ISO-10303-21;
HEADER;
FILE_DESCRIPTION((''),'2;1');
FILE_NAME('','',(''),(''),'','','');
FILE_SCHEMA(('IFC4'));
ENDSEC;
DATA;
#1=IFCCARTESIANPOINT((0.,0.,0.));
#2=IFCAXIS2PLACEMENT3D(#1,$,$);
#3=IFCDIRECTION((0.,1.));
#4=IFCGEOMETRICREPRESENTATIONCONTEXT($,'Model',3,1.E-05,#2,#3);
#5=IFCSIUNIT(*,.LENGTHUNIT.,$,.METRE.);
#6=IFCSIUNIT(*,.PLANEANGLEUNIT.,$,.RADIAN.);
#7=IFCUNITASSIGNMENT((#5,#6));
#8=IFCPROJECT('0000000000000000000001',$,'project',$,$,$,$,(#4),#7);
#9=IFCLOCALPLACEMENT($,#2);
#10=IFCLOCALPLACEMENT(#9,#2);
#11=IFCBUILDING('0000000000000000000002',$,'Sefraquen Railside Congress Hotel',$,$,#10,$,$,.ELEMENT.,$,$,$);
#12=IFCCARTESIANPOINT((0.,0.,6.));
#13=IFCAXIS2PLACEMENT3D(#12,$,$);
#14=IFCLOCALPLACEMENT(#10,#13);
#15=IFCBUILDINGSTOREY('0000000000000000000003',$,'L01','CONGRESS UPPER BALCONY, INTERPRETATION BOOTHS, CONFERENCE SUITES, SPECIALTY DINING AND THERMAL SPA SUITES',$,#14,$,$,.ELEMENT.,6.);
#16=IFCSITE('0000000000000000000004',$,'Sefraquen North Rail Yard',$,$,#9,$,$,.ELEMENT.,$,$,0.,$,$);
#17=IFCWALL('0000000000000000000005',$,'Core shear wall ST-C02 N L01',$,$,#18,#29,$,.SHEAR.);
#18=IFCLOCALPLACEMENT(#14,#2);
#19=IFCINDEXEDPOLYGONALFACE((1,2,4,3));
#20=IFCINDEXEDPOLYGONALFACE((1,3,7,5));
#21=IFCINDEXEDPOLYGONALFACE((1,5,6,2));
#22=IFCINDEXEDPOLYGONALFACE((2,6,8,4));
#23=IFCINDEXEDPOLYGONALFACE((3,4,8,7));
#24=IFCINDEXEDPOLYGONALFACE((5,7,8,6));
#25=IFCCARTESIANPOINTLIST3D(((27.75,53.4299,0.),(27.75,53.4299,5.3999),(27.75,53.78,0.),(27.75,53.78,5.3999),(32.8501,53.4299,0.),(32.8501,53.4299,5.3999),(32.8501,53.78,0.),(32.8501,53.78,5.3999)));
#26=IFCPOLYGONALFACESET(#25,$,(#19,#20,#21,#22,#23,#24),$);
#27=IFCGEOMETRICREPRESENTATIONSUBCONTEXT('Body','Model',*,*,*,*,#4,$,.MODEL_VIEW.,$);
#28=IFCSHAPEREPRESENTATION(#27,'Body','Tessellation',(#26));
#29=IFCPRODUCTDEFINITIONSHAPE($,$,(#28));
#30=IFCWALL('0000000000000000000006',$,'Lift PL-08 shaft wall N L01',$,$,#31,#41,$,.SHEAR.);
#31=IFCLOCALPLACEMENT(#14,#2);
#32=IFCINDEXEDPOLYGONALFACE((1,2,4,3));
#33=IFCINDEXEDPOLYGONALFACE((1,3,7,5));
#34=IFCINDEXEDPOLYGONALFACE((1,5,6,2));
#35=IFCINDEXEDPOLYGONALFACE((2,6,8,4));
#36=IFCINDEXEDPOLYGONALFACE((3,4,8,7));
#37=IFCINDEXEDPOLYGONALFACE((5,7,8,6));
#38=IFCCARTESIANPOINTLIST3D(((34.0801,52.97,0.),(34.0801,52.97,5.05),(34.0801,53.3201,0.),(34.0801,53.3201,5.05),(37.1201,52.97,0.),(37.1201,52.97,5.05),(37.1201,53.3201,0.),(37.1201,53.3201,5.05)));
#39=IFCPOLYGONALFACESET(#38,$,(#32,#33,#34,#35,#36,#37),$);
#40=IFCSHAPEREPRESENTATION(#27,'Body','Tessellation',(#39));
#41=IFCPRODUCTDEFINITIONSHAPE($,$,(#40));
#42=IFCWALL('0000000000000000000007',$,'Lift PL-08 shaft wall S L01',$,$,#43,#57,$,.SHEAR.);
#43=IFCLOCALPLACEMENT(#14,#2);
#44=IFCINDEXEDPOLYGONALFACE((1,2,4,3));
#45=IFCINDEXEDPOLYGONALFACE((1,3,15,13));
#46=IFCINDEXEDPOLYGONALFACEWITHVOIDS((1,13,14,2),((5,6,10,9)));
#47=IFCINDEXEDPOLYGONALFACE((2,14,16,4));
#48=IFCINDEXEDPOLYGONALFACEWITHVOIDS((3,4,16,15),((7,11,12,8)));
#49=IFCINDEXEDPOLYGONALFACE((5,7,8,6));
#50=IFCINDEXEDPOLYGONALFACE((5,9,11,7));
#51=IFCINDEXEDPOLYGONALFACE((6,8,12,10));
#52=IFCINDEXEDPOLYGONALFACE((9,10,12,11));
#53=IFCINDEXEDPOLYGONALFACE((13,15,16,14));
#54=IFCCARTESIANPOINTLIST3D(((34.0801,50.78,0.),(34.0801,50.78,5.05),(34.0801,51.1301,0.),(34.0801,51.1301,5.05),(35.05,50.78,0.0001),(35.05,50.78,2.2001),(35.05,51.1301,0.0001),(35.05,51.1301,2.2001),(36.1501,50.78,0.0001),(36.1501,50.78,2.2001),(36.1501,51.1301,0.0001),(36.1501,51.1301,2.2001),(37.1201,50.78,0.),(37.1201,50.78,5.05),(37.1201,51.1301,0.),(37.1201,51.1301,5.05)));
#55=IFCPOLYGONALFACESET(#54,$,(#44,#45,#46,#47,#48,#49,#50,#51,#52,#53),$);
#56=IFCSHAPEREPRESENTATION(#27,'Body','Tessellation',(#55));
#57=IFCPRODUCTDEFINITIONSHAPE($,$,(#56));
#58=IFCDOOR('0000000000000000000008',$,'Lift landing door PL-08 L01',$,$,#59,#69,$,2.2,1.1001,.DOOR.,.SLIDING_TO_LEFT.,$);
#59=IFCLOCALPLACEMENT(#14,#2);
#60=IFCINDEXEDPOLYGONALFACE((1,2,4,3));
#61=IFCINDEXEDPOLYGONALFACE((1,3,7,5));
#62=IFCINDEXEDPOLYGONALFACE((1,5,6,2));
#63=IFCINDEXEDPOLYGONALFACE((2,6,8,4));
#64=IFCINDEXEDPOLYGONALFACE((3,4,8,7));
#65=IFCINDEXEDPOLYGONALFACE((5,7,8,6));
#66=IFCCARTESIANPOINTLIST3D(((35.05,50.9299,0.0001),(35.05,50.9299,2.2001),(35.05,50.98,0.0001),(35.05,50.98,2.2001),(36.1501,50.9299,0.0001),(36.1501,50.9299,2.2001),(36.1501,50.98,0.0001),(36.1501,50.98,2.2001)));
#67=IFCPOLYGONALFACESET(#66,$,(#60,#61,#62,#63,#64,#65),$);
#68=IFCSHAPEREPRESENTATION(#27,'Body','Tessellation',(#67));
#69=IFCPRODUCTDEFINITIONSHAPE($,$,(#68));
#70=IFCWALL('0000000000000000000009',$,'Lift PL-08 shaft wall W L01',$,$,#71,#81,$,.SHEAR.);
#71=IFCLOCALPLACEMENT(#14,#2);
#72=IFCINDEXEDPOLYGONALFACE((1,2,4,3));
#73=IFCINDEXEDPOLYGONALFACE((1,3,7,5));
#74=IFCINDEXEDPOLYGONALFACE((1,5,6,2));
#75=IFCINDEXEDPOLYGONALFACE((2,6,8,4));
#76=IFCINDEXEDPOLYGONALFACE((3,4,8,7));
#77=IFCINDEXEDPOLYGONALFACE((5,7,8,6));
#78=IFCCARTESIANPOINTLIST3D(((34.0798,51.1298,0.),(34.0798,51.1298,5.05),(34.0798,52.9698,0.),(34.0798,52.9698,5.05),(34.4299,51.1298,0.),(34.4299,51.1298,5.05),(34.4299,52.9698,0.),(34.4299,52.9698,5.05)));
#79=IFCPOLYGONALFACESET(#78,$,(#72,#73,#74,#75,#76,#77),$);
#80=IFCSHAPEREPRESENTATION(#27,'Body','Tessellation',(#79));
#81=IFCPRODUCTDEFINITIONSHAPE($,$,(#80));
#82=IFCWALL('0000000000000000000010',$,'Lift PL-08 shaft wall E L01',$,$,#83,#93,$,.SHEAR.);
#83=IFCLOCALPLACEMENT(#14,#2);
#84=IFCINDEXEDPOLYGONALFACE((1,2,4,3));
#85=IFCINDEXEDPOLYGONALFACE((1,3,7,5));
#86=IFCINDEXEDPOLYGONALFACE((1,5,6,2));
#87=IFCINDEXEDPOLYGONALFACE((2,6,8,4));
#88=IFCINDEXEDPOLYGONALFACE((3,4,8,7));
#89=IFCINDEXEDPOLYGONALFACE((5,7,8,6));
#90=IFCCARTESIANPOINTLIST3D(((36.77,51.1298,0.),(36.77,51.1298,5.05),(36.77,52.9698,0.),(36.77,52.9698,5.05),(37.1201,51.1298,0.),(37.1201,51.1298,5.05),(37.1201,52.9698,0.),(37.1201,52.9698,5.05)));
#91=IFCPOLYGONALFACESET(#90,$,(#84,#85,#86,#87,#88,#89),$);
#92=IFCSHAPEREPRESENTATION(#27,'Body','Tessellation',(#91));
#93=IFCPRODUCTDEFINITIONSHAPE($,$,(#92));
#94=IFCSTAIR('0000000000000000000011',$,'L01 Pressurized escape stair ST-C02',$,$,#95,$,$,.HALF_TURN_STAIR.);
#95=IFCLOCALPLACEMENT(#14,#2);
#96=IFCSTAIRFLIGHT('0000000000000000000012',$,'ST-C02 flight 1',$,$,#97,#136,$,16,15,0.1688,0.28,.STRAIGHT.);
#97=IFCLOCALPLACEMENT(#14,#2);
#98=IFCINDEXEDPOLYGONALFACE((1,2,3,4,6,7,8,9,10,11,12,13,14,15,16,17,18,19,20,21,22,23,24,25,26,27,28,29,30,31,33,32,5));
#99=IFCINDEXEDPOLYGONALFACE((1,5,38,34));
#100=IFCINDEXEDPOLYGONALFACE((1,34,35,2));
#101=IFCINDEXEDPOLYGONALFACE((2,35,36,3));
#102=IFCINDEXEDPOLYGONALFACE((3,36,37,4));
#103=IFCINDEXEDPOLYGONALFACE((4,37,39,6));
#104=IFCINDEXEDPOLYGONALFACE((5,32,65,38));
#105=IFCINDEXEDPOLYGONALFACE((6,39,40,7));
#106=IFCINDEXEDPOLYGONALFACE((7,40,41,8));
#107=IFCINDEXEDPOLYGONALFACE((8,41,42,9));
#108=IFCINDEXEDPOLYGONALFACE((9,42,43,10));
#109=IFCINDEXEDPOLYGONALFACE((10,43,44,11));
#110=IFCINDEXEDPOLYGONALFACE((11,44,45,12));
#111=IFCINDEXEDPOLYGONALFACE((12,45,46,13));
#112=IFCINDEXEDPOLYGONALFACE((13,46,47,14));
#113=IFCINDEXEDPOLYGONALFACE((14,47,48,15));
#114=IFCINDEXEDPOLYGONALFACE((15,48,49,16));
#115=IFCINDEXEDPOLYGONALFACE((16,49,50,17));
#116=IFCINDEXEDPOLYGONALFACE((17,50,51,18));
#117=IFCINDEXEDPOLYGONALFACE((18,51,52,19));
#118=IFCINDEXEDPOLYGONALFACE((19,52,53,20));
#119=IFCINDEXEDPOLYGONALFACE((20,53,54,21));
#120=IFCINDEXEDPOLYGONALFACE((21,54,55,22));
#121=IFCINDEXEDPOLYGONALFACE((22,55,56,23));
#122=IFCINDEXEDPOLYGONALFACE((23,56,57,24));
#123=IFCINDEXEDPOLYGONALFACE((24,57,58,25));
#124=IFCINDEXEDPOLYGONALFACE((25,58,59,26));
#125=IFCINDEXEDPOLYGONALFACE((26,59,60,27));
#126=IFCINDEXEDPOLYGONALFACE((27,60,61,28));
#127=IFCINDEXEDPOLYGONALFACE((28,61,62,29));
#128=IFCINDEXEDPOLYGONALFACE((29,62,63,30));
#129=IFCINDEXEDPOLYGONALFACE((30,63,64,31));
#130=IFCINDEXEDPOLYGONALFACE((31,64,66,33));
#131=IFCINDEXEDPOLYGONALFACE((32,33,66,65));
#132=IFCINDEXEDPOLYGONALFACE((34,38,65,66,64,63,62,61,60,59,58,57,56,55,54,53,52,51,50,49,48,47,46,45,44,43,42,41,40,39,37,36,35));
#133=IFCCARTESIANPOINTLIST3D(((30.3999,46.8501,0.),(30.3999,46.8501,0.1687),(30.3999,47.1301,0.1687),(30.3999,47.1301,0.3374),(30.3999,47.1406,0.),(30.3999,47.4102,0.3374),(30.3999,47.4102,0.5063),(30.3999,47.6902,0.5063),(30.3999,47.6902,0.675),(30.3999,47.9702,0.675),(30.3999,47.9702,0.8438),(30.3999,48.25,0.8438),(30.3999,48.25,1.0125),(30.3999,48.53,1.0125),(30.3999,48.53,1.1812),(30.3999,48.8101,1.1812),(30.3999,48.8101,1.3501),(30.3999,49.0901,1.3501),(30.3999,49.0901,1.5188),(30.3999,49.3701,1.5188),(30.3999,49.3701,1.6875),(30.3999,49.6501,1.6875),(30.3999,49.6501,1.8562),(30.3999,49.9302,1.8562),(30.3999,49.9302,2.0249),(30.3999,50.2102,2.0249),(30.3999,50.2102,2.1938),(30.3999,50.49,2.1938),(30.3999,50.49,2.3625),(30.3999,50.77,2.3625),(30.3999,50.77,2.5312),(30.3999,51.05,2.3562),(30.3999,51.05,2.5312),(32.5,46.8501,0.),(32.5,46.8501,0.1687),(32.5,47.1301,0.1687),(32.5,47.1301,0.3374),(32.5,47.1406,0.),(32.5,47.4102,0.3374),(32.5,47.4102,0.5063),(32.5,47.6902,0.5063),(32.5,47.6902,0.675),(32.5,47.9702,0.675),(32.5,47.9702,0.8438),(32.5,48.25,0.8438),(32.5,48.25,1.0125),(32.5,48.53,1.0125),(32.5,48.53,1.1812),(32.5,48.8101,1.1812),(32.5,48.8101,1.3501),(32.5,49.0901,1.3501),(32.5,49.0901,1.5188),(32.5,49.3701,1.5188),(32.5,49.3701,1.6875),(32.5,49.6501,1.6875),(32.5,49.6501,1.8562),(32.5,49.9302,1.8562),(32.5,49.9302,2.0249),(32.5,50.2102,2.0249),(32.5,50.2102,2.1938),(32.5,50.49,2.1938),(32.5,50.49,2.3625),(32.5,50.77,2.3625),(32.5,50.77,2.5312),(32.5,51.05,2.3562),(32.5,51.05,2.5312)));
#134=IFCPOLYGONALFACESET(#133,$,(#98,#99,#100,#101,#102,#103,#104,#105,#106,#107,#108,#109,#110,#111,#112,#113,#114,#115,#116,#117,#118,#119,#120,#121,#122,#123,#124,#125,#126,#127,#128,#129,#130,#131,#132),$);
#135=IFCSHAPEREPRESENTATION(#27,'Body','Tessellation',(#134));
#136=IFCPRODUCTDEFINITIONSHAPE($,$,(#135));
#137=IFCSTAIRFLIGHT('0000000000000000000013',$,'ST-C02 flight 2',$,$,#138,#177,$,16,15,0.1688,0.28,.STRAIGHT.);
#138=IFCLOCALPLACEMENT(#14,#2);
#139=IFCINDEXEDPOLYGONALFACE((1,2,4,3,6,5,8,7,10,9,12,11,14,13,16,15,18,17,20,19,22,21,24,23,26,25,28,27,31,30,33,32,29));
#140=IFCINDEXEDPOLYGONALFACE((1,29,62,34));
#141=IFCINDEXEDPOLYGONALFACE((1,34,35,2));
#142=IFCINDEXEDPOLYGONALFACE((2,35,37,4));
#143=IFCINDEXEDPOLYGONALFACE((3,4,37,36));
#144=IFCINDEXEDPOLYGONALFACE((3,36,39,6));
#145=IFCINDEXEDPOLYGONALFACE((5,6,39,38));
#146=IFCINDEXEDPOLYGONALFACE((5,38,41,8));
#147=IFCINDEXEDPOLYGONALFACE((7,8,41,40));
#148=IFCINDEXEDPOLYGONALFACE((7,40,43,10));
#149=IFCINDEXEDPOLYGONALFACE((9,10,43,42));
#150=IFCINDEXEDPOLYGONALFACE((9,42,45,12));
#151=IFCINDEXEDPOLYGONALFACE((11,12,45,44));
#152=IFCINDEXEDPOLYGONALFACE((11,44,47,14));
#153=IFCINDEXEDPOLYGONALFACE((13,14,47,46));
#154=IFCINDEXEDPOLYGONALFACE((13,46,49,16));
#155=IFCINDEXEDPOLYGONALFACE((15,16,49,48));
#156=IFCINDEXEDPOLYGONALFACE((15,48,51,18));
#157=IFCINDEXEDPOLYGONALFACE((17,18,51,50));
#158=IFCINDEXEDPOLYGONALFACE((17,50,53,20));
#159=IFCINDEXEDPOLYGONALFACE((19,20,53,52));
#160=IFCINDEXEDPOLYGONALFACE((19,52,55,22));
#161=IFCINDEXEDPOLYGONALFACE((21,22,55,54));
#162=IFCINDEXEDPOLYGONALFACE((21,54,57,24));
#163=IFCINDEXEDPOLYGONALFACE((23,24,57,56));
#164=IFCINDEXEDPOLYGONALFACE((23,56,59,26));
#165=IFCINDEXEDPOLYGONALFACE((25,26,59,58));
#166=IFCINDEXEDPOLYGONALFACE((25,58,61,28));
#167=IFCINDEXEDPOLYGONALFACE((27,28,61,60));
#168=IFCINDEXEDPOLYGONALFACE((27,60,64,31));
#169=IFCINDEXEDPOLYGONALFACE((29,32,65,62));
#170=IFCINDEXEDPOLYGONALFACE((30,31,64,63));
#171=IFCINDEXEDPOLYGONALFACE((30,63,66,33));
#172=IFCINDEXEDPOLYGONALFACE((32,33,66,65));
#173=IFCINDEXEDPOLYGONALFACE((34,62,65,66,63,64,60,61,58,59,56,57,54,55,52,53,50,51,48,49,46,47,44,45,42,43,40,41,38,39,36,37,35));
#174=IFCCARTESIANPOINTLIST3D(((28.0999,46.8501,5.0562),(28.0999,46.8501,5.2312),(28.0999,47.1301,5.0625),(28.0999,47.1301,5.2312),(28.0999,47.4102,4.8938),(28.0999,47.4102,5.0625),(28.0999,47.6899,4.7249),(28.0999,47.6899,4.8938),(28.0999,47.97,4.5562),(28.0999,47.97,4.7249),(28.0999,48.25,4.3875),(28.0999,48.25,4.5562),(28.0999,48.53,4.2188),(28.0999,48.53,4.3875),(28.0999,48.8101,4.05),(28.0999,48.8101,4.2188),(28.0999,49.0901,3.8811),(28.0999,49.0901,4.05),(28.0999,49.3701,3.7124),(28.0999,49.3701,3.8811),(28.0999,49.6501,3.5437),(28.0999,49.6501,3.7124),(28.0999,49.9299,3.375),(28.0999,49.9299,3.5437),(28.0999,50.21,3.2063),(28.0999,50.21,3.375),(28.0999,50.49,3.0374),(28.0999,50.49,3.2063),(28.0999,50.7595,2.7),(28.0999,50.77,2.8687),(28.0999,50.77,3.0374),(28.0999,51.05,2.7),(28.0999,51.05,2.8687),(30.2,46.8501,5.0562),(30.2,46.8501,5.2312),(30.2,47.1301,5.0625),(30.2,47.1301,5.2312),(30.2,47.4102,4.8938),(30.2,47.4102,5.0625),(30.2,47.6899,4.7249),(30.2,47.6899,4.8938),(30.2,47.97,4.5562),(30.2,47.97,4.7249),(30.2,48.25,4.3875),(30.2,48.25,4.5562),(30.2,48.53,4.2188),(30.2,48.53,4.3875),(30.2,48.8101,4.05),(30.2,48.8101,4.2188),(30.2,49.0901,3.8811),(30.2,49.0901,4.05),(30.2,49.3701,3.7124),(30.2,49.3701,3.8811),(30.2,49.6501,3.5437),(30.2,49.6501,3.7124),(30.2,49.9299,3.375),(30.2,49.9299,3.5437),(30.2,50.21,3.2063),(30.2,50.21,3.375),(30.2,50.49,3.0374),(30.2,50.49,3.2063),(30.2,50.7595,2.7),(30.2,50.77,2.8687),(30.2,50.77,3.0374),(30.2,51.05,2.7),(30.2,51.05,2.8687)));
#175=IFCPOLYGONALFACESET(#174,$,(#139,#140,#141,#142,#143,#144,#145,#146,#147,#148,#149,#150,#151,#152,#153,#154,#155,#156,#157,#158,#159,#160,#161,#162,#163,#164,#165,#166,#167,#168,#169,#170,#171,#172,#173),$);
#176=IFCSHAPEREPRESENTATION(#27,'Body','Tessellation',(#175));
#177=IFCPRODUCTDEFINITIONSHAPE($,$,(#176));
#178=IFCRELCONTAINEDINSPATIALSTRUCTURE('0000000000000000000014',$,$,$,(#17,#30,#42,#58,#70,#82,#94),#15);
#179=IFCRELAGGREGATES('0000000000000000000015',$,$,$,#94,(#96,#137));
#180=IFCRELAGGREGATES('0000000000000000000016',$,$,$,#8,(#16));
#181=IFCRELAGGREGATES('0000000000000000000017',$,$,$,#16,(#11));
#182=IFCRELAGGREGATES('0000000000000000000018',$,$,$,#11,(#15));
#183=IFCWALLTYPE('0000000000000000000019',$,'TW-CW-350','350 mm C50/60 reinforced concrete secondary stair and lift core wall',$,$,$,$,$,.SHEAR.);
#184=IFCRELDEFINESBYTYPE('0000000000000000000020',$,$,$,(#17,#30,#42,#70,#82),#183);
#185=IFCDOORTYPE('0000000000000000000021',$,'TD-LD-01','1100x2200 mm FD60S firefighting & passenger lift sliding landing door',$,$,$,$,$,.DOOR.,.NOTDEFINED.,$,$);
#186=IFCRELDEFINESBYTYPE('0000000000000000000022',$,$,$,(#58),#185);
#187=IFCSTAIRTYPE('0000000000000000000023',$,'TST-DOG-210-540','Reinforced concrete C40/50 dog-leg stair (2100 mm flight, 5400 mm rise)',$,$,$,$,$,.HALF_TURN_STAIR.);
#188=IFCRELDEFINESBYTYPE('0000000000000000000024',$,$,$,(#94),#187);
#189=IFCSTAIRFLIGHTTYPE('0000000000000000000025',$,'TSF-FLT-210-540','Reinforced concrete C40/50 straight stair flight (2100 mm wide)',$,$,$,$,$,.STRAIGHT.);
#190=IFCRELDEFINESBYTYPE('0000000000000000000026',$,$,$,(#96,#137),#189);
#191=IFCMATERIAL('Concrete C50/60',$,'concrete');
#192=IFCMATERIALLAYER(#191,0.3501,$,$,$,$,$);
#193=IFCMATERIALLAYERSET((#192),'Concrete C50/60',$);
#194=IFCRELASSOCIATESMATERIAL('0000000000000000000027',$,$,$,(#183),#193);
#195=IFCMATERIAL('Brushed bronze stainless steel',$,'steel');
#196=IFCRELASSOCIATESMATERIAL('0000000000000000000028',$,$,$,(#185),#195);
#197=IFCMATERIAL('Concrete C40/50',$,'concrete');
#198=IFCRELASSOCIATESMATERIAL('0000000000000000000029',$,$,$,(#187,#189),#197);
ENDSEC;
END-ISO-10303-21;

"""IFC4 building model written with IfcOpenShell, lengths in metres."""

from ifc_helpers import new_model, si_unit, direction, frame, frame_2d, origin, place, context, subcontext, project, spatial, polyline, rectangle, outline, extrude, material, layer, layer_set, type_object, element, fill, aggregate, save


model = new_model("IFC4")

# Units and contexts
model_context = context("Model", 3, precision=1e-05, world=origin(), true_north=direction((0.0, 1.0)))
body_context = subcontext(model_context, "Body", "Model", "MODEL_VIEW")
ifc_project = project(units=[si_unit("LENGTHUNIT", "METRE"), si_unit("PLANEANGLEUNIT", "RADIAN")], contexts=[model_context])

# Site, building, storey
site_placement = place(None, origin())
site = spatial("IfcSite", under=ifc_project, at=site_placement, Name="Sefraquen North Rail Yard", CompositionType="ELEMENT", RefElevation=0.0)
building_placement = place(site_placement, origin())
building = spatial("IfcBuilding", under=site, at=building_placement, Name="Sefraquen Railside Congress Hotel", CompositionType="ELEMENT")
storey_placement = place(building_placement, frame((0.0, 0.0, 6.0)))
storey = spatial("IfcBuildingStorey", under=building, at=storey_placement, Name="L01", Description="CONGRESS UPPER BALCONY, INTERPRETATION BOOTHS, CONFERENCE SUITES, SPECIALTY DINING AND THERMAL SPA SUITES", CompositionType="ELEMENT", Elevation=6.0)

# Walls
ifc_material_1 = material(Name="Concrete C50/60", Category="concrete")
ifc_layer = layer(ifc_material_1, 0.3501)
ifc_layer_set = layer_set([ifc_layer], Name="Concrete C50/60")
wall_type = type_object("IfcWallType", Name="TW-CW-350", Description="350 mm C50/60 reinforced concrete secondary stair and lift core wall", PredefinedType="SHEAR", material=ifc_layer_set)
wall_1_placement = place(storey_placement, frame((27.75, 53.605, 0.0), z_axis=(0.0, 0.0, 1.0), x_axis=(1.0, 0.0, 0.0)))
element("IfcWall", 1, at=wall_1_placement, inside=storey, type_object=wall_type, Name="Core shear wall ST-C02 N L01", PredefinedType="SHEAR", context=body_context, shape_type="SweptSolid", body=[
    extrude(rectangle(XDim=5.1001, YDim=0.3501, at=frame_2d((2.55, 0.0))), origin(), (0.0, 0.0, 1.0), 5.3999),
])
wall_2_placement = place(storey_placement, frame((34.0801, 53.145, 0.0), z_axis=(0.0, 0.0, 1.0), x_axis=(1.0, 0.0, 0.0)))
element("IfcWall", 2, at=wall_2_placement, inside=storey, type_object=wall_type, Name="Lift PL-08 shaft wall N L01", PredefinedType="SHEAR", context=body_context, shape_type="SweptSolid", body=[
    extrude(rectangle(XDim=3.04, YDim=0.3501, at=frame_2d((1.52, 0.0))), origin(), (0.0, 0.0, 1.0), 5.05),
])

# Wall, opening, door
wall_3_placement = place(storey_placement, frame((34.0801, 50.9551, 0.0), z_axis=(0.0, 0.0, 1.0), x_axis=(1.0, 0.0, 0.0)))
wall_3 = element("IfcWall", 3, at=wall_3_placement, inside=storey, type_object=wall_type, Name="Lift PL-08 shaft wall S L01", PredefinedType="SHEAR", context=body_context, shape_type="SweptSolid", body=[
    extrude(rectangle(XDim=3.04, YDim=0.3501, at=frame_2d((1.52, 0.0))), origin(), (0.0, 0.0, 1.0), 5.05),
])
opening_placement = place(wall_3_placement, frame((0.97, 0.0, 0.0)))
opening = element("IfcOpeningElement", 4, at=opening_placement, cuts=wall_3, PredefinedType="OPENING", context=body_context, shape_type="SweptSolid", body=[
    extrude(rectangle(XDim=1.1001, YDim=2.2, at=frame_2d((0.55, 1.1001))), frame((0.0, 0.1851, 0.0), z_axis=(0.0, -1.0, 0.0), x_axis=(1.0, 0.0, 0.0)), (0.0, 0.0, 1.0), 0.3701),
])
ifc_material_2 = material(Name="Brushed bronze stainless steel", Category="steel")
door_type = type_object("IfcDoorType", Name="TD-LD-01", Description="1100x2200 mm FD60S firefighting & passenger lift sliding landing door", OperationType="NOTDEFINED", PredefinedType="DOOR", material=ifc_material_2)
door_placement = place(opening_placement, origin())
door = element("IfcDoor", 5, at=door_placement, inside=storey, type_object=door_type, Name="Lift landing door PL-08 L01", OperationType="SLIDING_TO_LEFT", OverallHeight=2.2, OverallWidth=1.1001, PredefinedType="DOOR", context=body_context, shape_type="SweptSolid", body=[
    extrude(rectangle(XDim=1.1001, YDim=2.2, at=frame_2d((0.55, 1.1001))), frame((0.0, 0.0249, 0.0), z_axis=(0.0, -1.0, 0.0), x_axis=(1.0, 0.0, 0.0)), (0.0, 0.0, 1.0), 0.05),
])
fill(opening, door)

# Walls
for number, where, z_axis, x_axis, name in (
    (6, (34.2549, 51.1299, 0.0), (0.0, 0.0, 1.0), (0.0, 1.0, 0.0), "Lift PL-08 shaft wall W L01"),
    (7, (36.9451, 51.1299, 0.0), (0.0, 0.0, 1.0), (0.0, 1.0, 0.0), "Lift PL-08 shaft wall E L01"),
):
    element("IfcWall", number, at=place(storey_placement, frame(where, z_axis=z_axis, x_axis=x_axis)), inside=storey, type_object=wall_type, Name=name, PredefinedType="SHEAR", context=body_context, shape_type="SweptSolid", body=[
        extrude(rectangle(XDim=1.8401, YDim=0.3501, at=frame_2d((0.9199, 0.0))), origin(), (0.0, 0.0, 1.0), 5.05),
    ])

# Stair, stair flights
ifc_material_3 = material(Name="Concrete C40/50", Category="concrete")
stair_type = type_object("IfcStairType", Name="TST-DOG-210-540", Description="Reinforced concrete C40/50 dog-leg stair (2100 mm flight, 5400 mm rise)", PredefinedType="HALF_TURN_STAIR", material=ifc_material_3)
stair_placement = place(storey_placement, origin())
stair = element("IfcStair", 8, at=stair_placement, inside=storey, type_object=stair_type, Name="L01 Pressurized escape stair ST-C02", PredefinedType="HALF_TURN_STAIR")
stair_flight_type = type_object("IfcStairFlightType", Name="TSF-FLT-210-540", Description="Reinforced concrete C40/50 straight stair flight (2100 mm wide)", PredefinedType="STRAIGHT", material=ifc_material_3)
stair_flight_1_placement = place(storey_placement, frame((31.45, 46.8501, 0.0), z_axis=(0.0, 0.0, 1.0), x_axis=(0.0, 1.0, 0.0)))
stair_flight_1 = element("IfcStairFlight", 9, at=stair_flight_1_placement, type_object=stair_flight_type, Name="ST-C02 flight 1", NumberOfRisers=16, NumberOfTreads=15, PredefinedType="STRAIGHT", RiserHeight=0.1688, TreadLength=0.28, context=body_context, shape_type="SweptSolid", body=[
    extrude(outline(polyline([(0.0, 0.0), (0.0, 0.1687), (0.28, 0.1687), (0.28, 0.3374), (0.5601, 0.3374), (0.5601, 0.5063), (0.8401, 0.5063), (0.8401, 0.675), (1.1201, 0.675), (1.1201, 0.8438), (1.3999, 0.8438), (1.3999, 1.0125), (1.6799, 1.0125), (1.6799, 1.1812), (1.96, 1.1812), (1.96, 1.3501), (2.24, 1.3501), (2.24, 1.5188), (2.52, 1.5188), (2.52, 1.6875), (2.8, 1.6875), (2.8, 1.8562), (3.0801, 1.8562), (3.0801, 2.0249), (3.3601, 2.0249), (3.3601, 2.1938), (3.6399, 2.1938), (3.6399, 2.3625), (3.9199, 2.3625), (3.9199, 2.5312), (4.2, 2.5312), (4.2, 2.7), (4.2, 2.3562), (0.2905, 0.0), (0.0, 0.0)])), frame((0.0, 1.05, 0.0), z_axis=(0.0, -1.0, 0.0), x_axis=(1.0, 0.0, 0.0)), (0.0, 0.0, 1.0), 2.1001),
])
stair_flight_2_placement = place(storey_placement, frame((29.1499, 51.05, 2.7), z_axis=(0.0, 0.0, 1.0), x_axis=(0.0, -1.0, 0.0)))
stair_flight_2 = element("IfcStairFlight", 10, at=stair_flight_2_placement, type_object=stair_flight_type, Name="ST-C02 flight 2", NumberOfRisers=16, NumberOfTreads=15, PredefinedType="STRAIGHT", RiserHeight=0.1688, TreadLength=0.28, context=body_context, shape_type="SweptSolid", body=[
    extrude(outline(polyline([(0.0, 0.0), (0.0, 0.1687), (0.28, 0.1687), (0.28, 0.3374), (0.5601, 0.3374), (0.5601, 0.5063), (0.8401, 0.5063), (0.8401, 0.675), (1.1201, 0.675), (1.1201, 0.8438), (1.3999, 0.8438), (1.3999, 1.0125), (1.6799, 1.0125), (1.6799, 1.1812), (1.96, 1.1812), (1.96, 1.3501), (2.24, 1.3501), (2.24, 1.5188), (2.52, 1.5188), (2.52, 1.6875), (2.8, 1.6875), (2.8, 1.8562), (3.0801, 1.8562), (3.0801, 2.0249), (3.3601, 2.0249), (3.3601, 2.1938), (3.6399, 2.1938), (3.6399, 2.3625), (3.9199, 2.3625), (3.9199, 2.5312), (4.2, 2.5312), (4.2, 2.7), (4.2, 2.3562), (0.2905, 0.0), (0.0, 0.0)])), frame((0.0, 1.05, 0.0), z_axis=(0.0, -1.0, 0.0), x_axis=(1.0, 0.0, 0.0)), (0.0, 0.0, 1.0), 2.1001),
])
aggregate(stair, [stair_flight_1, stair_flight_2])

save(model, "model.ifc")
